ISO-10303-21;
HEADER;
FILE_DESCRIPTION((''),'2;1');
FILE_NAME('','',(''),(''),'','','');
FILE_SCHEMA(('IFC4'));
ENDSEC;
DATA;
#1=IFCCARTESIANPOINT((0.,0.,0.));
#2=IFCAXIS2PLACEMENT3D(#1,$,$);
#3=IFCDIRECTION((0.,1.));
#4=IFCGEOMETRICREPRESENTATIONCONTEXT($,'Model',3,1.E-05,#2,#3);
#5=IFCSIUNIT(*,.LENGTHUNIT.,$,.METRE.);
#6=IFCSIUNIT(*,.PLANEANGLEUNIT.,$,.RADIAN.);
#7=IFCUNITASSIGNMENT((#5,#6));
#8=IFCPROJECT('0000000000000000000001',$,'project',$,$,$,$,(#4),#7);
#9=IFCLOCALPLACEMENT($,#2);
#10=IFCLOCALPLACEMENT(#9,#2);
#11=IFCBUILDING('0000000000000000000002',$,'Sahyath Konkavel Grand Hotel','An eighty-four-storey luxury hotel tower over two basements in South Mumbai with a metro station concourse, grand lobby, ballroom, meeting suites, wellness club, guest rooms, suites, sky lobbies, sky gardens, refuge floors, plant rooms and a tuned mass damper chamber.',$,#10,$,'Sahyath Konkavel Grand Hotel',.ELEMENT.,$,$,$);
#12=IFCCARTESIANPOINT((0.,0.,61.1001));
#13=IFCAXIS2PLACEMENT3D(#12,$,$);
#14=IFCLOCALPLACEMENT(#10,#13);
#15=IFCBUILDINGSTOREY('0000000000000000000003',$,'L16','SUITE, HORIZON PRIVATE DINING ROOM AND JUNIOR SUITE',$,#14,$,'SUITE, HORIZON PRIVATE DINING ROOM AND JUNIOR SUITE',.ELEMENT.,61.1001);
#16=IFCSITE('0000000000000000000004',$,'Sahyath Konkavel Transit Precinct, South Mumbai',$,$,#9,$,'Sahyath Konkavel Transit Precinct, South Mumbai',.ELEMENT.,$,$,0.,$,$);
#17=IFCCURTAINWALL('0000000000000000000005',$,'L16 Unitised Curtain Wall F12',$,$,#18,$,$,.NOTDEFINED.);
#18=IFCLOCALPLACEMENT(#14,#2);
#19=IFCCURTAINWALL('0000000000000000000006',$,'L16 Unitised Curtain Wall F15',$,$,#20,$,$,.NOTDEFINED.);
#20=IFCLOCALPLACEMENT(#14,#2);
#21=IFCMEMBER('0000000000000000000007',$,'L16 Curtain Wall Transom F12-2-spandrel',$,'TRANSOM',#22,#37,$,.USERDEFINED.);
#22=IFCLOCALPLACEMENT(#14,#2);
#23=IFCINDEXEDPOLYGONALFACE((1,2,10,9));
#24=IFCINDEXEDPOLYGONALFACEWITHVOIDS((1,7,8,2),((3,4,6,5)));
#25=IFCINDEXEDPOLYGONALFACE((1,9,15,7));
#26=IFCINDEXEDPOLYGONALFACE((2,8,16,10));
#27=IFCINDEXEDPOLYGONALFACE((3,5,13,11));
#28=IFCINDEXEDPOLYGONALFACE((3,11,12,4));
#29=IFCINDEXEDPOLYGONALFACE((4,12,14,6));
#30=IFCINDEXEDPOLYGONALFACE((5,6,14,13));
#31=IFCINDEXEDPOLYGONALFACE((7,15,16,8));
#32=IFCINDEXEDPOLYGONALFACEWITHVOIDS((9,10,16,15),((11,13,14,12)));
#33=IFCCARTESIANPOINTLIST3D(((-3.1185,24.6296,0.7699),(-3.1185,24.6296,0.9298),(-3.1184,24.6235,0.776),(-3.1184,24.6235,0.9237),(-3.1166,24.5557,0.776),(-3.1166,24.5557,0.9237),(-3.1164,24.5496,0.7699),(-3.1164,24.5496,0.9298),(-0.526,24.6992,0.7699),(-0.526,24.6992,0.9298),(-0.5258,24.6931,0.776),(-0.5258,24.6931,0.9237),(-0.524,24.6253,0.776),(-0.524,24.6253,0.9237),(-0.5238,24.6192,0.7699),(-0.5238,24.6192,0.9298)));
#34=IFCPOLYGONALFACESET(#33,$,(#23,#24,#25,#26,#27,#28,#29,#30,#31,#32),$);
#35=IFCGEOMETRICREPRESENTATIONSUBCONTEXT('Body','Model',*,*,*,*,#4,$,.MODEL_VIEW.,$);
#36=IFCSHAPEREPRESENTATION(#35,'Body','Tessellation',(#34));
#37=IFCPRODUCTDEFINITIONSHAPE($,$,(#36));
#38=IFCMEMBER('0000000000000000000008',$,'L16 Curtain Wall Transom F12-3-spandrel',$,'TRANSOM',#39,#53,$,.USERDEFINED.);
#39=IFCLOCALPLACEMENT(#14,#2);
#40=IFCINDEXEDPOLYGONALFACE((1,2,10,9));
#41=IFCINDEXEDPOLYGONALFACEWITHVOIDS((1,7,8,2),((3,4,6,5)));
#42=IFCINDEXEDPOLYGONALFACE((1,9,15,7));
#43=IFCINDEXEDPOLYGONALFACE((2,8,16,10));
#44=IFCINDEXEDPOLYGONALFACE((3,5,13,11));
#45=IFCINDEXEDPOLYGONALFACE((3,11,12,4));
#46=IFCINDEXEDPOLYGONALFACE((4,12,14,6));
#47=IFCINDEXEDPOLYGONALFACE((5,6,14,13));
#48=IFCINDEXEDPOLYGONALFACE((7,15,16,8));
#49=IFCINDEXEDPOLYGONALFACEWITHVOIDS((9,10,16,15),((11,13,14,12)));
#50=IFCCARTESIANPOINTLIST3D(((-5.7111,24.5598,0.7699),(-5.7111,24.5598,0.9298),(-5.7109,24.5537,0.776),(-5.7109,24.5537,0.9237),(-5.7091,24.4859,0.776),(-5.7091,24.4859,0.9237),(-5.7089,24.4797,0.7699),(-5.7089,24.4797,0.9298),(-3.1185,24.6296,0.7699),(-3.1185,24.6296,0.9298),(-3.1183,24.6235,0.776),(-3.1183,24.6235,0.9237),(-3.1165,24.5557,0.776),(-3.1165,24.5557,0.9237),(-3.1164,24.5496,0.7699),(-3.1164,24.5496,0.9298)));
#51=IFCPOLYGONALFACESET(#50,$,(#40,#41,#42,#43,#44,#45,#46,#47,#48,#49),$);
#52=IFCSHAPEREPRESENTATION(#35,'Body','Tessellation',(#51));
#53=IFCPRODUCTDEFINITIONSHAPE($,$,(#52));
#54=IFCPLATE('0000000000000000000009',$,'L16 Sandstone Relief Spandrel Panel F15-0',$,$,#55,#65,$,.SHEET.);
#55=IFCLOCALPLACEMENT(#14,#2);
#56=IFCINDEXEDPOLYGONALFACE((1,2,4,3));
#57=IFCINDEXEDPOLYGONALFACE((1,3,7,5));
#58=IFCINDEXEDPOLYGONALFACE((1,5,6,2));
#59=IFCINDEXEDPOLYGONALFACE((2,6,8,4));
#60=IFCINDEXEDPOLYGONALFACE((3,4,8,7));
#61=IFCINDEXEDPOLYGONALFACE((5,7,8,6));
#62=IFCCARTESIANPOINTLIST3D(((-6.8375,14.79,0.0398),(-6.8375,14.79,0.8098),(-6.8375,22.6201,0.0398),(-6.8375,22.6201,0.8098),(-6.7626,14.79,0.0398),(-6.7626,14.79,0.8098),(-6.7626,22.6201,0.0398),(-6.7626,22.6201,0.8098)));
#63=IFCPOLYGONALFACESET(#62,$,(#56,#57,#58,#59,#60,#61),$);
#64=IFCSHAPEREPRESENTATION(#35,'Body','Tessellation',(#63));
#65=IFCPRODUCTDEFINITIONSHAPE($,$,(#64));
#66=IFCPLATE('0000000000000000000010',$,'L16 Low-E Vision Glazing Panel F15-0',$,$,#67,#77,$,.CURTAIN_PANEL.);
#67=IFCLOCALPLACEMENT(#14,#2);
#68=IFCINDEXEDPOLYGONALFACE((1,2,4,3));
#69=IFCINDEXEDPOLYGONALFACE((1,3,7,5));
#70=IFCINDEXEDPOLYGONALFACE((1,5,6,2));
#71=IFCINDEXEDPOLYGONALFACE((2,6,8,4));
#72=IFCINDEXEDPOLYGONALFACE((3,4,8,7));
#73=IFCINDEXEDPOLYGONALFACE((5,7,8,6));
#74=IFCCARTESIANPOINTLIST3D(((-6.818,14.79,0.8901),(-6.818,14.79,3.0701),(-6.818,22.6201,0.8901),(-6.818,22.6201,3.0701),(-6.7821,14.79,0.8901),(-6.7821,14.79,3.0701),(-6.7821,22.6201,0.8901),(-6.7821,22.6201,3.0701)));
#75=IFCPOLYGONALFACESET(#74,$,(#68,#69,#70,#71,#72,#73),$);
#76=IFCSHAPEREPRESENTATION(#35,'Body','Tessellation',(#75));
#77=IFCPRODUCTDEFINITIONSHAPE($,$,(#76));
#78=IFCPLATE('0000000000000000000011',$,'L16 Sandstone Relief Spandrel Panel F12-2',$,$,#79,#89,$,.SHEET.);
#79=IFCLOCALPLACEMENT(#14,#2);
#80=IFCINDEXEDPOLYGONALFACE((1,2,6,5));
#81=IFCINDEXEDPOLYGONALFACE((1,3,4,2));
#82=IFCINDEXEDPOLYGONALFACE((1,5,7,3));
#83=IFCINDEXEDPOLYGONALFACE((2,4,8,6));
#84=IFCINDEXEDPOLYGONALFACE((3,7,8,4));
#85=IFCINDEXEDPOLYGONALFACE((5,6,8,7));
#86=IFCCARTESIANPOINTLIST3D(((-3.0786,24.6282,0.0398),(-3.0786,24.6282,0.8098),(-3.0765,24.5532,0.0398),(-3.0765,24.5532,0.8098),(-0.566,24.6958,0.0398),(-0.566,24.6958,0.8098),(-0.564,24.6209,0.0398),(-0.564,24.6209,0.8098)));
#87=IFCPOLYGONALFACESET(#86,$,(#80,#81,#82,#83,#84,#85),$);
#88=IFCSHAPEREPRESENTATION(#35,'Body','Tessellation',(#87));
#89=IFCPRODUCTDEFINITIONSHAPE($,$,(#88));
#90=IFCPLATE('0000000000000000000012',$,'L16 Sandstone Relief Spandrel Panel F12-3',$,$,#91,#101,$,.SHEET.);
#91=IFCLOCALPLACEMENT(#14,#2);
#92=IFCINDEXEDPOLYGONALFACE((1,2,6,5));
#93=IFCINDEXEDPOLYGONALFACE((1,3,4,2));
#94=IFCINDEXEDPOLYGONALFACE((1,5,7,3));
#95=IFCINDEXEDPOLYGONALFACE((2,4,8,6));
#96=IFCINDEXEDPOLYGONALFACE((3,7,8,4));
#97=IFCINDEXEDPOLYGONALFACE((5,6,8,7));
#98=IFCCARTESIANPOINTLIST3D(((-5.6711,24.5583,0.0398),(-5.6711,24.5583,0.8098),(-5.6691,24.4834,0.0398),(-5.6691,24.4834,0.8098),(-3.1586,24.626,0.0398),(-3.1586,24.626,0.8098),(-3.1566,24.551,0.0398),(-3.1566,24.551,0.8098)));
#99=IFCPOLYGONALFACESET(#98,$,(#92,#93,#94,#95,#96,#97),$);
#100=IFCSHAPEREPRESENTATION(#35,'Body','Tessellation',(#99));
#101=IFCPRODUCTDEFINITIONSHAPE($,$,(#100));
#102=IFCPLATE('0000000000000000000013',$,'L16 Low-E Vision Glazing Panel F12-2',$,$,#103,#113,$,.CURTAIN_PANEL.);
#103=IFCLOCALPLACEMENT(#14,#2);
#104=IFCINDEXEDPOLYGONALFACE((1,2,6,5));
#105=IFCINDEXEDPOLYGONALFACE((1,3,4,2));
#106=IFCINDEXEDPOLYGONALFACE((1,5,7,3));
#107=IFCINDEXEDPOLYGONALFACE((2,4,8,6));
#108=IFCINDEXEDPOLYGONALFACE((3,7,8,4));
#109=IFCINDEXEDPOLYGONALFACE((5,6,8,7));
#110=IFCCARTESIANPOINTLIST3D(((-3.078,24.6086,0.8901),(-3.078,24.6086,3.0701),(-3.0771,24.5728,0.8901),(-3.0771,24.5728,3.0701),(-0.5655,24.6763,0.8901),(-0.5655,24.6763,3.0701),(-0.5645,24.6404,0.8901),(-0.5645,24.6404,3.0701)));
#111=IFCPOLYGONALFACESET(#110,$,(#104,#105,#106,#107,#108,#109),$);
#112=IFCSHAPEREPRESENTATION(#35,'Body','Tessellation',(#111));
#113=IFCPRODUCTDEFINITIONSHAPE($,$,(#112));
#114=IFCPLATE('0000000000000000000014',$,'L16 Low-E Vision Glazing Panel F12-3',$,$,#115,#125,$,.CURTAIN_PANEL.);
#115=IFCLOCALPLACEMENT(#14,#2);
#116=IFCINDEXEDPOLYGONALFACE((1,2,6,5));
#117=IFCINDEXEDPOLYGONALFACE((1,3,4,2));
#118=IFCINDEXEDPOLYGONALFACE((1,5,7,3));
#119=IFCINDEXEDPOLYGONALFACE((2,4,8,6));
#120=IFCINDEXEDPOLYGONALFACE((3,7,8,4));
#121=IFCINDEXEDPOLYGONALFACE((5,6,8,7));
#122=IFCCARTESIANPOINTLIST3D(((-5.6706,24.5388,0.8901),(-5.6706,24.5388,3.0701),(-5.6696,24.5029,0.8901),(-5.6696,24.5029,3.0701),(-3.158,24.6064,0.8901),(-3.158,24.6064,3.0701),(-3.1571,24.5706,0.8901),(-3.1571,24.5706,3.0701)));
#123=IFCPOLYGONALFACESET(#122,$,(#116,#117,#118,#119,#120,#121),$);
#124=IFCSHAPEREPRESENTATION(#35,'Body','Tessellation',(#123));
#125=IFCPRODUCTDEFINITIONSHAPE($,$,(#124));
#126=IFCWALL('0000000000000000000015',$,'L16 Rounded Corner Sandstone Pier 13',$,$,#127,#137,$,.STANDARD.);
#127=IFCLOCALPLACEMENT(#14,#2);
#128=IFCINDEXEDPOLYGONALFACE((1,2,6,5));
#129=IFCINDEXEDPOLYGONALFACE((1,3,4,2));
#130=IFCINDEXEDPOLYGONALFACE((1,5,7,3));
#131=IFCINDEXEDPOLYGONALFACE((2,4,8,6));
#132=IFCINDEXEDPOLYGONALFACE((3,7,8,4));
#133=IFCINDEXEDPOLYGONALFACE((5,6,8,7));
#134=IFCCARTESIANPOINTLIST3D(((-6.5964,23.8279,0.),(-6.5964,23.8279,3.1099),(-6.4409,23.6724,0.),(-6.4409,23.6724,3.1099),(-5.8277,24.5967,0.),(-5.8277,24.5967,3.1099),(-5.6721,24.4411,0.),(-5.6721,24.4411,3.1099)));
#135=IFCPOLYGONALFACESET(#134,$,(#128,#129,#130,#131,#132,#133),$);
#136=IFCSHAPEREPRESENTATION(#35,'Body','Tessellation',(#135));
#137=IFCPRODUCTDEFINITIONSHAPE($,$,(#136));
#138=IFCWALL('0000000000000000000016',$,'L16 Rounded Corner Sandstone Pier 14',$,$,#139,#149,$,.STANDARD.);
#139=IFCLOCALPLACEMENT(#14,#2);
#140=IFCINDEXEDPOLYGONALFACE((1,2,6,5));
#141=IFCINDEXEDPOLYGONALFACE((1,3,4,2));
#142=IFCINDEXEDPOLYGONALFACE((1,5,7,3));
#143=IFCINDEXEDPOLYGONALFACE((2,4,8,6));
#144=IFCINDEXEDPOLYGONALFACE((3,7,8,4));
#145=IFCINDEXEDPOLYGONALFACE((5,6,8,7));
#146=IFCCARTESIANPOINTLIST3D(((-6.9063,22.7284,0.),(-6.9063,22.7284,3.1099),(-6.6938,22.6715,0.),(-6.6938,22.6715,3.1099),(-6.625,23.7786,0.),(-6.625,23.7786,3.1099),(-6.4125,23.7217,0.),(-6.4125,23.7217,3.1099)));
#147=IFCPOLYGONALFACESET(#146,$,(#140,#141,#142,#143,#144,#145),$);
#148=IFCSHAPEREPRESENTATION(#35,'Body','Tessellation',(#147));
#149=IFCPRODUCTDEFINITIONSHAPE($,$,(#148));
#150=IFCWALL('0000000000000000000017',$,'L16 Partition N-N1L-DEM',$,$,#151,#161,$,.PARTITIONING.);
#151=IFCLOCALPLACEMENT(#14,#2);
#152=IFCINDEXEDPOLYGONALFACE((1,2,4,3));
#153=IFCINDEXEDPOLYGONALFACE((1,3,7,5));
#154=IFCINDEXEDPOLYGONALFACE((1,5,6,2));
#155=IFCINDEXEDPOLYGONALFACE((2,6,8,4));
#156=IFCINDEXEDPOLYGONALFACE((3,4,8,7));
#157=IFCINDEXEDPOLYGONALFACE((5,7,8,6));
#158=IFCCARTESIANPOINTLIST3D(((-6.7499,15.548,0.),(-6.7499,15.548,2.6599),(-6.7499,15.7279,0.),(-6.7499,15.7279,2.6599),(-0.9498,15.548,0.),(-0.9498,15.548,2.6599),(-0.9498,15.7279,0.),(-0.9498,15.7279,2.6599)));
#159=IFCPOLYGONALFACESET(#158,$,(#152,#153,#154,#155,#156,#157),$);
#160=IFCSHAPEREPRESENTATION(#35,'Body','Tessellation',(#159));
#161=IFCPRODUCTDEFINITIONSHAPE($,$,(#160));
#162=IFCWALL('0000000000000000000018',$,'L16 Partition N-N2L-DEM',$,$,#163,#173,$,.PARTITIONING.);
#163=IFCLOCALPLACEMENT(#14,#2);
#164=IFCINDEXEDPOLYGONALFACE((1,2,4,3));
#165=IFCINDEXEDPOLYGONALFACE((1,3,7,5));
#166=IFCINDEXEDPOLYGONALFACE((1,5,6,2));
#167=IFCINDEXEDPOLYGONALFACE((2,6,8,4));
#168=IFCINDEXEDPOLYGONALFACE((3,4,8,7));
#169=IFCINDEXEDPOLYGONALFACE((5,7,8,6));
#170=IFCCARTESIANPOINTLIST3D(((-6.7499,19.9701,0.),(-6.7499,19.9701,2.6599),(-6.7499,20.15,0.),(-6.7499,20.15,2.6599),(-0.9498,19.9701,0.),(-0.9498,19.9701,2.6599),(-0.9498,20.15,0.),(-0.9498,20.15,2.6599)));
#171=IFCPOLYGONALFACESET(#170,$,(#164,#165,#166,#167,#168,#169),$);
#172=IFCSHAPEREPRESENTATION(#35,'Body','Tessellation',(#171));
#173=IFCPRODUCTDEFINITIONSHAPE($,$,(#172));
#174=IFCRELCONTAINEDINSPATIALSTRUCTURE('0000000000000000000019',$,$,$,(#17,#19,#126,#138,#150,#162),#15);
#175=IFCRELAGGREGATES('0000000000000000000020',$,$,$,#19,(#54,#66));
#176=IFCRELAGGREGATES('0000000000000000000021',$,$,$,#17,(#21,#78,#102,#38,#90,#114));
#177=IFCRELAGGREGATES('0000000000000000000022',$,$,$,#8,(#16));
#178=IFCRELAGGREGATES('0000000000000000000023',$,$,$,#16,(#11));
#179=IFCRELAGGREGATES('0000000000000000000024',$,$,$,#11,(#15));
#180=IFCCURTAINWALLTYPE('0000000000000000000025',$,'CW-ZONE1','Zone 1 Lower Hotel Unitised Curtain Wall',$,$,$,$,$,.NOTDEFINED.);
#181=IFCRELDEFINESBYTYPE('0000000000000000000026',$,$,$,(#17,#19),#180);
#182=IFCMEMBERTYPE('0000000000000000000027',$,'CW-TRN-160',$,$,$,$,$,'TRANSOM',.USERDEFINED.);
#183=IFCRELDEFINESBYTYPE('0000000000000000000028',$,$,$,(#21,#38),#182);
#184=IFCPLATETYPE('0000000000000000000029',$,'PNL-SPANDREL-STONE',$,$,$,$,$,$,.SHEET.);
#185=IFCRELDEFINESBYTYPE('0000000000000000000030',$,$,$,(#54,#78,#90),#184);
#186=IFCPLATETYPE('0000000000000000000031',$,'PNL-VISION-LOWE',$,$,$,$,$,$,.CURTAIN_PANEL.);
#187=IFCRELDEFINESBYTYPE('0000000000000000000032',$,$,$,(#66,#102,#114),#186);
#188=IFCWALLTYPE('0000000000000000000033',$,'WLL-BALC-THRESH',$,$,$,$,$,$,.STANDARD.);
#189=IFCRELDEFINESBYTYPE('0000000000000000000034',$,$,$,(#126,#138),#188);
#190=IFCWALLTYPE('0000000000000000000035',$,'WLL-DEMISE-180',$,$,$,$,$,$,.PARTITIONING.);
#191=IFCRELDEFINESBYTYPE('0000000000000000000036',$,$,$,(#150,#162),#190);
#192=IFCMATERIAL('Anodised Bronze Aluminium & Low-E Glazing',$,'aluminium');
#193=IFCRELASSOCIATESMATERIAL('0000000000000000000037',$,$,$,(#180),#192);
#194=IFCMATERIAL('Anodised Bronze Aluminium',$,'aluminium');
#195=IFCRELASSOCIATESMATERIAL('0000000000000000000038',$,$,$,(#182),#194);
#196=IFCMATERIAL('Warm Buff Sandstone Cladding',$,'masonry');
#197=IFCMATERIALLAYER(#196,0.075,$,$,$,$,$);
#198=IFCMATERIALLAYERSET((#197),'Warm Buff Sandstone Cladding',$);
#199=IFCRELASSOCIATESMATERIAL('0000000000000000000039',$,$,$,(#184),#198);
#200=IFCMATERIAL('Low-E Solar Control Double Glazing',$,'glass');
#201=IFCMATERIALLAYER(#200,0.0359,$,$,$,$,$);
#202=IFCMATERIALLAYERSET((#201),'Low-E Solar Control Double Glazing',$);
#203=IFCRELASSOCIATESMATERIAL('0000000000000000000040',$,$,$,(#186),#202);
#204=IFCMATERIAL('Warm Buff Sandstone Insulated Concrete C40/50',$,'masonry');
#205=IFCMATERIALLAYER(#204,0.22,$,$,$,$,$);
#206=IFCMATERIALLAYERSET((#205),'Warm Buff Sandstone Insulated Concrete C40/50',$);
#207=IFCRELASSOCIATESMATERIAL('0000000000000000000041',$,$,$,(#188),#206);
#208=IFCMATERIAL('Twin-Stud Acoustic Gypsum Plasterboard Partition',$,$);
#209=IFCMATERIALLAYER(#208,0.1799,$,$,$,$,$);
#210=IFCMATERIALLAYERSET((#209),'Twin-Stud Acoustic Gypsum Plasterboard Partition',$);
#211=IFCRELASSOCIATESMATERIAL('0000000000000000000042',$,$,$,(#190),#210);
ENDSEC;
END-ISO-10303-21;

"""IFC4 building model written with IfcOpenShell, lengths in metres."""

from ifc_helpers import new_model, si_unit, direction, frame, frame_2d, origin, origin_2d, place, context, subcontext, project, spatial, rectangle, hollow_rectangle, extrude, source, transform, mapped, material, layer, layer_set, material_profile, profile_set, type_object, element, aggregate, save


model = new_model("IFC4")

# Units and contexts
model_context = context("Model", 3, precision=1e-05, world=origin(), true_north=direction((0.0, 1.0)))
body_context = subcontext(model_context, "Body", "Model", "MODEL_VIEW")
ifc_project = project(units=[si_unit("LENGTHUNIT", "METRE"), si_unit("PLANEANGLEUNIT", "RADIAN")], contexts=[model_context])

# Site, building, storey
site_placement = place(None, origin())
site = spatial("IfcSite", under=ifc_project, at=site_placement, Name="Sahyath Konkavel Transit Precinct, South Mumbai", LongName="Sahyath Konkavel Transit Precinct, South Mumbai", CompositionType="ELEMENT", RefElevation=0.0)
building_placement = place(site_placement, origin())
building = spatial("IfcBuilding", under=site, at=building_placement, Name="Sahyath Konkavel Grand Hotel", Description="An eighty-four-storey luxury hotel tower over two basements in South Mumbai with a metro station concourse, grand lobby, ballroom, meeting suites, wellness club, guest rooms, suites, sky lobbies, sky gardens, refuge floors, plant rooms and a tuned mass damper chamber.", LongName="Sahyath Konkavel Grand Hotel", CompositionType="ELEMENT")
storey_placement = place(building_placement, frame((0.0, 0.0, 61.1001)))
storey = spatial("IfcBuildingStorey", under=building, at=storey_placement, Name="L16", Description="SUITE, HORIZON PRIVATE DINING ROOM AND JUNIOR SUITE", LongName="SUITE, HORIZON PRIVATE DINING ROOM AND JUNIOR SUITE", CompositionType="ELEMENT", Elevation=61.1001)

# Curtain wall
ifc_material_1 = material(Name="Anodised Bronze Aluminium & Low-E Glazing", Category="aluminium")
curtain_wall_type = type_object("IfcCurtainWallType", Name="CW-ZONE1", Description="Zone 1 Lower Hotel Unitised Curtain Wall", PredefinedType="NOTDEFINED", material=ifc_material_1)
curtain_wall_1_placement = place(storey_placement, origin())
curtain_wall_1 = element("IfcCurtainWall", 1, at=curtain_wall_1_placement, inside=storey, type_object=curtain_wall_type, Name="L16 Unitised Curtain Wall F12", PredefinedType="NOTDEFINED")
ifc_material_2 = material(Name="Anodised Bronze Aluminium", Category="aluminium")

# Curtain wall
curtain_wall_2_placement = place(storey_placement, origin())
curtain_wall_2 = element("IfcCurtainWall", 2, at=curtain_wall_2_placement, inside=storey, type_object=curtain_wall_type, Name="L16 Unitised Curtain Wall F15", PredefinedType="NOTDEFINED")

# Members
ifc_material_profile_1 = material_profile(ifc_material_2, hollow_rectangle(XDim=0.0801, YDim=0.1599, WallThickness=0.0061, at=origin_2d()), Name="RHS 160x80x6")
ifc_profile_set_1 = profile_set([ifc_material_profile_1], Name="Anodised Bronze Aluminium")
member_type_1 = type_object("IfcMemberType", Name="CW-TRN-160", ElementType="TRANSOM", PredefinedType="USERDEFINED", material=ifc_profile_set_1)
shared_shape_1 = source(origin(), body_context, "Body", "SweptSolid", [
    extrude(hollow_rectangle(XDim=0.0801, YDim=0.1599, WallThickness=0.0061, at=origin_2d()), origin(), (0.0, 0.0, 1.0), 2.5935),
])
member_1_placement = place(storey_placement, frame((-0.5249, 24.6592, 0.8499), z_axis=(-0.99964, -0.026829, 0.0), x_axis=(0.026829, -0.99964, 0.0)))
member_1 = element("IfcMember", 3, at=member_1_placement, type_object=member_type_1, Name="L16 Curtain Wall Transom F12-2-spandrel", ObjectType="TRANSOM", PredefinedType="USERDEFINED", context=body_context, shape_type="MappedRepresentation", body=[
    mapped(shared_shape_1, transform((0.0, 0.0, 0.0), scale=1.0)),
])
member_2_placement = place(storey_placement, frame((-3.1174, 24.5896, 0.8499), z_axis=(-0.999638, -0.026923, 0.0), x_axis=(0.026923, -0.999638, 0.0)))
member_2 = element("IfcMember", 4, at=member_2_placement, type_object=member_type_1, Name="L16 Curtain Wall Transom F12-3-spandrel", ObjectType="TRANSOM", PredefinedType="USERDEFINED", context=body_context, shape_type="MappedRepresentation", body=[
    mapped(shared_shape_1, transform((0.0, 0.0, 0.0), scale=1.0)),
])

# Plates
ifc_material_3 = material(Name="Warm Buff Sandstone Cladding", Category="masonry")
ifc_layer_1 = layer(ifc_material_3, 0.075)
ifc_layer_set_1 = layer_set([ifc_layer_1], Name="Warm Buff Sandstone Cladding")
plate_type_1 = type_object("IfcPlateType", Name="PNL-SPANDREL-STONE", PredefinedType="SHEET", material=ifc_layer_set_1)
shared_shape_2 = source(origin(), body_context, "Body", "SweptSolid", [
    extrude(rectangle(XDim=7.8301, YDim=0.075, at=origin_2d()), origin(), (0.0, 0.0, 1.0), 0.77),
])
plate_1_placement = place(storey_placement, frame((-6.8, 18.7051, 0.0398), z_axis=(0.0, 0.0, 1.0), x_axis=(0.0, -1.0, 0.0)))
plate_1 = element("IfcPlate", 5, at=plate_1_placement, type_object=plate_type_1, Name="L16 Sandstone Relief Spandrel Panel F15-0", PredefinedType="SHEET", context=body_context, shape_type="MappedRepresentation", body=[
    mapped(shared_shape_2, transform((0.0, 0.0, 0.0), scale=1.0)),
])
ifc_material_4 = material(Name="Low-E Solar Control Double Glazing", Category="glass")
ifc_layer_2 = layer(ifc_material_4, 0.0359)
ifc_layer_set_2 = layer_set([ifc_layer_2], Name="Low-E Solar Control Double Glazing")
plate_type_2 = type_object("IfcPlateType", Name="PNL-VISION-LOWE", PredefinedType="CURTAIN_PANEL", material=ifc_layer_set_2)
shared_shape_3 = source(origin(), body_context, "Body", "SweptSolid", [
    extrude(rectangle(XDim=7.8301, YDim=0.0359, at=origin_2d()), origin(), (0.0, 0.0, 1.0), 2.1799),
])
plate_2_placement = place(storey_placement, frame((-6.8, 18.7051, 0.8901), z_axis=(0.0, 0.0, 1.0), x_axis=(0.0, -1.0, 0.0)))
plate_2 = element("IfcPlate", 6, at=plate_2_placement, type_object=plate_type_2, Name="L16 Low-E Vision Glazing Panel F15-0", PredefinedType="CURTAIN_PANEL", context=body_context, shape_type="MappedRepresentation", body=[
    mapped(shared_shape_3, transform((0.0, 0.0, 0.0), scale=1.0)),
])
aggregate(curtain_wall_2, [plate_1, plate_2])
shared_shape_4 = source(origin(), body_context, "Body", "SweptSolid", [
    extrude(rectangle(XDim=2.5134, YDim=0.075, at=origin_2d()), origin(), (0.0, 0.0, 1.0), 0.77),
])
plate_3_placement = place(storey_placement, frame((-1.8213, 24.6245, 0.0398), z_axis=(0.0, 0.0, 1.0), x_axis=(-0.999638, -0.02691, 0.0)))
plate_3 = element("IfcPlate", 7, at=plate_3_placement, type_object=plate_type_1, Name="L16 Sandstone Relief Spandrel Panel F12-2", PredefinedType="SHEET", context=body_context, shape_type="MappedRepresentation", body=[
    mapped(shared_shape_4, transform((0.0, 0.0, 0.0), scale=1.0)),
])
plate_4_placement = place(storey_placement, frame((-4.4138, 24.5547, 0.0398), z_axis=(0.0, 0.0, 1.0), x_axis=(-0.999638, -0.02691, 0.0)))
plate_4 = element("IfcPlate", 8, at=plate_4_placement, type_object=plate_type_1, Name="L16 Sandstone Relief Spandrel Panel F12-3", PredefinedType="SHEET", context=body_context, shape_type="MappedRepresentation", body=[
    mapped(shared_shape_4, transform((0.0, 0.0, 0.0), scale=1.0)),
])
shared_shape_5 = source(origin(), body_context, "Body", "SweptSolid", [
    extrude(rectangle(XDim=2.5134, YDim=0.0359, at=origin_2d()), origin(), (0.0, 0.0, 1.0), 2.1799),
])
plate_5_placement = place(storey_placement, frame((-1.8213, 24.6245, 0.8901), z_axis=(0.0, 0.0, 1.0), x_axis=(-0.999638, -0.02691, 0.0)))
plate_5 = element("IfcPlate", 9, at=plate_5_placement, type_object=plate_type_2, Name="L16 Low-E Vision Glazing Panel F12-2", PredefinedType="CURTAIN_PANEL", context=body_context, shape_type="MappedRepresentation", body=[
    mapped(shared_shape_5, transform((0.0, 0.0, 0.0), scale=1.0)),
])
plate_6_placement = place(storey_placement, frame((-4.4138, 24.5547, 0.8901), z_axis=(0.0, 0.0, 1.0), x_axis=(-0.999638, -0.02691, 0.0)))
plate_6 = element("IfcPlate", 10, at=plate_6_placement, type_object=plate_type_2, Name="L16 Low-E Vision Glazing Panel F12-3", PredefinedType="CURTAIN_PANEL", context=body_context, shape_type="MappedRepresentation", body=[
    mapped(shared_shape_5, transform((0.0, 0.0, 0.0), scale=1.0)),
])
aggregate(curtain_wall_1, [member_1, plate_3, plate_5, member_2, plate_4, plate_6])

# Walls
ifc_material_5 = material(Name="Warm Buff Sandstone Insulated Concrete C40/50", Category="masonry")
ifc_layer_3 = layer(ifc_material_5, 0.22)
ifc_layer_set_3 = layer_set([ifc_layer_3], Name="Warm Buff Sandstone Insulated Concrete C40/50")
wall_type_1 = type_object("IfcWallType", Name="WLL-BALC-THRESH", PredefinedType="STANDARD", material=ifc_layer_set_3)
for number, where, z_axis, x_axis, name in (
    (11, (-5.75, 24.5188, 0.0), (0.0, 0.0, 1.0), (-0.707107, -0.707107, 0.0), "L16 Rounded Corner Sandstone Pier 13"),
    (12, (-6.5188, 23.75, 0.0), (0.0, 0.0, 1.0), (-0.258725, -0.965951, 0.0), "L16 Rounded Corner Sandstone Pier 14"),
):
    element("IfcWall", number, at=place(storey_placement, frame(where, z_axis=z_axis, x_axis=x_axis)), inside=storey, type_object=wall_type_1, Name=name, PredefinedType="STANDARD", context=body_context, shape_type="SweptSolid", body=[
        extrude(rectangle(XDim=1.0872, YDim=0.22, at=frame_2d((0.5435, 0.0))), origin(), (0.0, 0.0, 1.0), 3.1099),
    ])
ifc_material_6 = material(Name="Twin-Stud Acoustic Gypsum Plasterboard Partition")
ifc_layer_4 = layer(ifc_material_6, 0.1799)
ifc_layer_set_4 = layer_set([ifc_layer_4], Name="Twin-Stud Acoustic Gypsum Plasterboard Partition")
wall_type_2 = type_object("IfcWallType", Name="WLL-DEMISE-180", PredefinedType="PARTITIONING", material=ifc_layer_set_4)
for number, where, z_axis, x_axis, name in (
    (13, (-0.95, 15.6379, 0.0), (0.0, 0.0, 1.0), (-1.0, 0.0, 0.0), "L16 Partition N-N1L-DEM"),
    (14, (-0.95, 20.0601, 0.0), (0.0, 0.0, 1.0), (-1.0, 0.0, 0.0), "L16 Partition N-N2L-DEM"),
):
    element("IfcWall", number, at=place(storey_placement, frame(where, z_axis=z_axis, x_axis=x_axis)), inside=storey, type_object=wall_type_2, Name=name, PredefinedType="PARTITIONING", context=body_context, shape_type="SweptSolid", body=[
        extrude(rectangle(XDim=5.8, YDim=0.1799, at=frame_2d((2.8999, 0.0))), origin(), (0.0, 0.0, 1.0), 2.6599),
    ])

save(model, "model.ifc")
